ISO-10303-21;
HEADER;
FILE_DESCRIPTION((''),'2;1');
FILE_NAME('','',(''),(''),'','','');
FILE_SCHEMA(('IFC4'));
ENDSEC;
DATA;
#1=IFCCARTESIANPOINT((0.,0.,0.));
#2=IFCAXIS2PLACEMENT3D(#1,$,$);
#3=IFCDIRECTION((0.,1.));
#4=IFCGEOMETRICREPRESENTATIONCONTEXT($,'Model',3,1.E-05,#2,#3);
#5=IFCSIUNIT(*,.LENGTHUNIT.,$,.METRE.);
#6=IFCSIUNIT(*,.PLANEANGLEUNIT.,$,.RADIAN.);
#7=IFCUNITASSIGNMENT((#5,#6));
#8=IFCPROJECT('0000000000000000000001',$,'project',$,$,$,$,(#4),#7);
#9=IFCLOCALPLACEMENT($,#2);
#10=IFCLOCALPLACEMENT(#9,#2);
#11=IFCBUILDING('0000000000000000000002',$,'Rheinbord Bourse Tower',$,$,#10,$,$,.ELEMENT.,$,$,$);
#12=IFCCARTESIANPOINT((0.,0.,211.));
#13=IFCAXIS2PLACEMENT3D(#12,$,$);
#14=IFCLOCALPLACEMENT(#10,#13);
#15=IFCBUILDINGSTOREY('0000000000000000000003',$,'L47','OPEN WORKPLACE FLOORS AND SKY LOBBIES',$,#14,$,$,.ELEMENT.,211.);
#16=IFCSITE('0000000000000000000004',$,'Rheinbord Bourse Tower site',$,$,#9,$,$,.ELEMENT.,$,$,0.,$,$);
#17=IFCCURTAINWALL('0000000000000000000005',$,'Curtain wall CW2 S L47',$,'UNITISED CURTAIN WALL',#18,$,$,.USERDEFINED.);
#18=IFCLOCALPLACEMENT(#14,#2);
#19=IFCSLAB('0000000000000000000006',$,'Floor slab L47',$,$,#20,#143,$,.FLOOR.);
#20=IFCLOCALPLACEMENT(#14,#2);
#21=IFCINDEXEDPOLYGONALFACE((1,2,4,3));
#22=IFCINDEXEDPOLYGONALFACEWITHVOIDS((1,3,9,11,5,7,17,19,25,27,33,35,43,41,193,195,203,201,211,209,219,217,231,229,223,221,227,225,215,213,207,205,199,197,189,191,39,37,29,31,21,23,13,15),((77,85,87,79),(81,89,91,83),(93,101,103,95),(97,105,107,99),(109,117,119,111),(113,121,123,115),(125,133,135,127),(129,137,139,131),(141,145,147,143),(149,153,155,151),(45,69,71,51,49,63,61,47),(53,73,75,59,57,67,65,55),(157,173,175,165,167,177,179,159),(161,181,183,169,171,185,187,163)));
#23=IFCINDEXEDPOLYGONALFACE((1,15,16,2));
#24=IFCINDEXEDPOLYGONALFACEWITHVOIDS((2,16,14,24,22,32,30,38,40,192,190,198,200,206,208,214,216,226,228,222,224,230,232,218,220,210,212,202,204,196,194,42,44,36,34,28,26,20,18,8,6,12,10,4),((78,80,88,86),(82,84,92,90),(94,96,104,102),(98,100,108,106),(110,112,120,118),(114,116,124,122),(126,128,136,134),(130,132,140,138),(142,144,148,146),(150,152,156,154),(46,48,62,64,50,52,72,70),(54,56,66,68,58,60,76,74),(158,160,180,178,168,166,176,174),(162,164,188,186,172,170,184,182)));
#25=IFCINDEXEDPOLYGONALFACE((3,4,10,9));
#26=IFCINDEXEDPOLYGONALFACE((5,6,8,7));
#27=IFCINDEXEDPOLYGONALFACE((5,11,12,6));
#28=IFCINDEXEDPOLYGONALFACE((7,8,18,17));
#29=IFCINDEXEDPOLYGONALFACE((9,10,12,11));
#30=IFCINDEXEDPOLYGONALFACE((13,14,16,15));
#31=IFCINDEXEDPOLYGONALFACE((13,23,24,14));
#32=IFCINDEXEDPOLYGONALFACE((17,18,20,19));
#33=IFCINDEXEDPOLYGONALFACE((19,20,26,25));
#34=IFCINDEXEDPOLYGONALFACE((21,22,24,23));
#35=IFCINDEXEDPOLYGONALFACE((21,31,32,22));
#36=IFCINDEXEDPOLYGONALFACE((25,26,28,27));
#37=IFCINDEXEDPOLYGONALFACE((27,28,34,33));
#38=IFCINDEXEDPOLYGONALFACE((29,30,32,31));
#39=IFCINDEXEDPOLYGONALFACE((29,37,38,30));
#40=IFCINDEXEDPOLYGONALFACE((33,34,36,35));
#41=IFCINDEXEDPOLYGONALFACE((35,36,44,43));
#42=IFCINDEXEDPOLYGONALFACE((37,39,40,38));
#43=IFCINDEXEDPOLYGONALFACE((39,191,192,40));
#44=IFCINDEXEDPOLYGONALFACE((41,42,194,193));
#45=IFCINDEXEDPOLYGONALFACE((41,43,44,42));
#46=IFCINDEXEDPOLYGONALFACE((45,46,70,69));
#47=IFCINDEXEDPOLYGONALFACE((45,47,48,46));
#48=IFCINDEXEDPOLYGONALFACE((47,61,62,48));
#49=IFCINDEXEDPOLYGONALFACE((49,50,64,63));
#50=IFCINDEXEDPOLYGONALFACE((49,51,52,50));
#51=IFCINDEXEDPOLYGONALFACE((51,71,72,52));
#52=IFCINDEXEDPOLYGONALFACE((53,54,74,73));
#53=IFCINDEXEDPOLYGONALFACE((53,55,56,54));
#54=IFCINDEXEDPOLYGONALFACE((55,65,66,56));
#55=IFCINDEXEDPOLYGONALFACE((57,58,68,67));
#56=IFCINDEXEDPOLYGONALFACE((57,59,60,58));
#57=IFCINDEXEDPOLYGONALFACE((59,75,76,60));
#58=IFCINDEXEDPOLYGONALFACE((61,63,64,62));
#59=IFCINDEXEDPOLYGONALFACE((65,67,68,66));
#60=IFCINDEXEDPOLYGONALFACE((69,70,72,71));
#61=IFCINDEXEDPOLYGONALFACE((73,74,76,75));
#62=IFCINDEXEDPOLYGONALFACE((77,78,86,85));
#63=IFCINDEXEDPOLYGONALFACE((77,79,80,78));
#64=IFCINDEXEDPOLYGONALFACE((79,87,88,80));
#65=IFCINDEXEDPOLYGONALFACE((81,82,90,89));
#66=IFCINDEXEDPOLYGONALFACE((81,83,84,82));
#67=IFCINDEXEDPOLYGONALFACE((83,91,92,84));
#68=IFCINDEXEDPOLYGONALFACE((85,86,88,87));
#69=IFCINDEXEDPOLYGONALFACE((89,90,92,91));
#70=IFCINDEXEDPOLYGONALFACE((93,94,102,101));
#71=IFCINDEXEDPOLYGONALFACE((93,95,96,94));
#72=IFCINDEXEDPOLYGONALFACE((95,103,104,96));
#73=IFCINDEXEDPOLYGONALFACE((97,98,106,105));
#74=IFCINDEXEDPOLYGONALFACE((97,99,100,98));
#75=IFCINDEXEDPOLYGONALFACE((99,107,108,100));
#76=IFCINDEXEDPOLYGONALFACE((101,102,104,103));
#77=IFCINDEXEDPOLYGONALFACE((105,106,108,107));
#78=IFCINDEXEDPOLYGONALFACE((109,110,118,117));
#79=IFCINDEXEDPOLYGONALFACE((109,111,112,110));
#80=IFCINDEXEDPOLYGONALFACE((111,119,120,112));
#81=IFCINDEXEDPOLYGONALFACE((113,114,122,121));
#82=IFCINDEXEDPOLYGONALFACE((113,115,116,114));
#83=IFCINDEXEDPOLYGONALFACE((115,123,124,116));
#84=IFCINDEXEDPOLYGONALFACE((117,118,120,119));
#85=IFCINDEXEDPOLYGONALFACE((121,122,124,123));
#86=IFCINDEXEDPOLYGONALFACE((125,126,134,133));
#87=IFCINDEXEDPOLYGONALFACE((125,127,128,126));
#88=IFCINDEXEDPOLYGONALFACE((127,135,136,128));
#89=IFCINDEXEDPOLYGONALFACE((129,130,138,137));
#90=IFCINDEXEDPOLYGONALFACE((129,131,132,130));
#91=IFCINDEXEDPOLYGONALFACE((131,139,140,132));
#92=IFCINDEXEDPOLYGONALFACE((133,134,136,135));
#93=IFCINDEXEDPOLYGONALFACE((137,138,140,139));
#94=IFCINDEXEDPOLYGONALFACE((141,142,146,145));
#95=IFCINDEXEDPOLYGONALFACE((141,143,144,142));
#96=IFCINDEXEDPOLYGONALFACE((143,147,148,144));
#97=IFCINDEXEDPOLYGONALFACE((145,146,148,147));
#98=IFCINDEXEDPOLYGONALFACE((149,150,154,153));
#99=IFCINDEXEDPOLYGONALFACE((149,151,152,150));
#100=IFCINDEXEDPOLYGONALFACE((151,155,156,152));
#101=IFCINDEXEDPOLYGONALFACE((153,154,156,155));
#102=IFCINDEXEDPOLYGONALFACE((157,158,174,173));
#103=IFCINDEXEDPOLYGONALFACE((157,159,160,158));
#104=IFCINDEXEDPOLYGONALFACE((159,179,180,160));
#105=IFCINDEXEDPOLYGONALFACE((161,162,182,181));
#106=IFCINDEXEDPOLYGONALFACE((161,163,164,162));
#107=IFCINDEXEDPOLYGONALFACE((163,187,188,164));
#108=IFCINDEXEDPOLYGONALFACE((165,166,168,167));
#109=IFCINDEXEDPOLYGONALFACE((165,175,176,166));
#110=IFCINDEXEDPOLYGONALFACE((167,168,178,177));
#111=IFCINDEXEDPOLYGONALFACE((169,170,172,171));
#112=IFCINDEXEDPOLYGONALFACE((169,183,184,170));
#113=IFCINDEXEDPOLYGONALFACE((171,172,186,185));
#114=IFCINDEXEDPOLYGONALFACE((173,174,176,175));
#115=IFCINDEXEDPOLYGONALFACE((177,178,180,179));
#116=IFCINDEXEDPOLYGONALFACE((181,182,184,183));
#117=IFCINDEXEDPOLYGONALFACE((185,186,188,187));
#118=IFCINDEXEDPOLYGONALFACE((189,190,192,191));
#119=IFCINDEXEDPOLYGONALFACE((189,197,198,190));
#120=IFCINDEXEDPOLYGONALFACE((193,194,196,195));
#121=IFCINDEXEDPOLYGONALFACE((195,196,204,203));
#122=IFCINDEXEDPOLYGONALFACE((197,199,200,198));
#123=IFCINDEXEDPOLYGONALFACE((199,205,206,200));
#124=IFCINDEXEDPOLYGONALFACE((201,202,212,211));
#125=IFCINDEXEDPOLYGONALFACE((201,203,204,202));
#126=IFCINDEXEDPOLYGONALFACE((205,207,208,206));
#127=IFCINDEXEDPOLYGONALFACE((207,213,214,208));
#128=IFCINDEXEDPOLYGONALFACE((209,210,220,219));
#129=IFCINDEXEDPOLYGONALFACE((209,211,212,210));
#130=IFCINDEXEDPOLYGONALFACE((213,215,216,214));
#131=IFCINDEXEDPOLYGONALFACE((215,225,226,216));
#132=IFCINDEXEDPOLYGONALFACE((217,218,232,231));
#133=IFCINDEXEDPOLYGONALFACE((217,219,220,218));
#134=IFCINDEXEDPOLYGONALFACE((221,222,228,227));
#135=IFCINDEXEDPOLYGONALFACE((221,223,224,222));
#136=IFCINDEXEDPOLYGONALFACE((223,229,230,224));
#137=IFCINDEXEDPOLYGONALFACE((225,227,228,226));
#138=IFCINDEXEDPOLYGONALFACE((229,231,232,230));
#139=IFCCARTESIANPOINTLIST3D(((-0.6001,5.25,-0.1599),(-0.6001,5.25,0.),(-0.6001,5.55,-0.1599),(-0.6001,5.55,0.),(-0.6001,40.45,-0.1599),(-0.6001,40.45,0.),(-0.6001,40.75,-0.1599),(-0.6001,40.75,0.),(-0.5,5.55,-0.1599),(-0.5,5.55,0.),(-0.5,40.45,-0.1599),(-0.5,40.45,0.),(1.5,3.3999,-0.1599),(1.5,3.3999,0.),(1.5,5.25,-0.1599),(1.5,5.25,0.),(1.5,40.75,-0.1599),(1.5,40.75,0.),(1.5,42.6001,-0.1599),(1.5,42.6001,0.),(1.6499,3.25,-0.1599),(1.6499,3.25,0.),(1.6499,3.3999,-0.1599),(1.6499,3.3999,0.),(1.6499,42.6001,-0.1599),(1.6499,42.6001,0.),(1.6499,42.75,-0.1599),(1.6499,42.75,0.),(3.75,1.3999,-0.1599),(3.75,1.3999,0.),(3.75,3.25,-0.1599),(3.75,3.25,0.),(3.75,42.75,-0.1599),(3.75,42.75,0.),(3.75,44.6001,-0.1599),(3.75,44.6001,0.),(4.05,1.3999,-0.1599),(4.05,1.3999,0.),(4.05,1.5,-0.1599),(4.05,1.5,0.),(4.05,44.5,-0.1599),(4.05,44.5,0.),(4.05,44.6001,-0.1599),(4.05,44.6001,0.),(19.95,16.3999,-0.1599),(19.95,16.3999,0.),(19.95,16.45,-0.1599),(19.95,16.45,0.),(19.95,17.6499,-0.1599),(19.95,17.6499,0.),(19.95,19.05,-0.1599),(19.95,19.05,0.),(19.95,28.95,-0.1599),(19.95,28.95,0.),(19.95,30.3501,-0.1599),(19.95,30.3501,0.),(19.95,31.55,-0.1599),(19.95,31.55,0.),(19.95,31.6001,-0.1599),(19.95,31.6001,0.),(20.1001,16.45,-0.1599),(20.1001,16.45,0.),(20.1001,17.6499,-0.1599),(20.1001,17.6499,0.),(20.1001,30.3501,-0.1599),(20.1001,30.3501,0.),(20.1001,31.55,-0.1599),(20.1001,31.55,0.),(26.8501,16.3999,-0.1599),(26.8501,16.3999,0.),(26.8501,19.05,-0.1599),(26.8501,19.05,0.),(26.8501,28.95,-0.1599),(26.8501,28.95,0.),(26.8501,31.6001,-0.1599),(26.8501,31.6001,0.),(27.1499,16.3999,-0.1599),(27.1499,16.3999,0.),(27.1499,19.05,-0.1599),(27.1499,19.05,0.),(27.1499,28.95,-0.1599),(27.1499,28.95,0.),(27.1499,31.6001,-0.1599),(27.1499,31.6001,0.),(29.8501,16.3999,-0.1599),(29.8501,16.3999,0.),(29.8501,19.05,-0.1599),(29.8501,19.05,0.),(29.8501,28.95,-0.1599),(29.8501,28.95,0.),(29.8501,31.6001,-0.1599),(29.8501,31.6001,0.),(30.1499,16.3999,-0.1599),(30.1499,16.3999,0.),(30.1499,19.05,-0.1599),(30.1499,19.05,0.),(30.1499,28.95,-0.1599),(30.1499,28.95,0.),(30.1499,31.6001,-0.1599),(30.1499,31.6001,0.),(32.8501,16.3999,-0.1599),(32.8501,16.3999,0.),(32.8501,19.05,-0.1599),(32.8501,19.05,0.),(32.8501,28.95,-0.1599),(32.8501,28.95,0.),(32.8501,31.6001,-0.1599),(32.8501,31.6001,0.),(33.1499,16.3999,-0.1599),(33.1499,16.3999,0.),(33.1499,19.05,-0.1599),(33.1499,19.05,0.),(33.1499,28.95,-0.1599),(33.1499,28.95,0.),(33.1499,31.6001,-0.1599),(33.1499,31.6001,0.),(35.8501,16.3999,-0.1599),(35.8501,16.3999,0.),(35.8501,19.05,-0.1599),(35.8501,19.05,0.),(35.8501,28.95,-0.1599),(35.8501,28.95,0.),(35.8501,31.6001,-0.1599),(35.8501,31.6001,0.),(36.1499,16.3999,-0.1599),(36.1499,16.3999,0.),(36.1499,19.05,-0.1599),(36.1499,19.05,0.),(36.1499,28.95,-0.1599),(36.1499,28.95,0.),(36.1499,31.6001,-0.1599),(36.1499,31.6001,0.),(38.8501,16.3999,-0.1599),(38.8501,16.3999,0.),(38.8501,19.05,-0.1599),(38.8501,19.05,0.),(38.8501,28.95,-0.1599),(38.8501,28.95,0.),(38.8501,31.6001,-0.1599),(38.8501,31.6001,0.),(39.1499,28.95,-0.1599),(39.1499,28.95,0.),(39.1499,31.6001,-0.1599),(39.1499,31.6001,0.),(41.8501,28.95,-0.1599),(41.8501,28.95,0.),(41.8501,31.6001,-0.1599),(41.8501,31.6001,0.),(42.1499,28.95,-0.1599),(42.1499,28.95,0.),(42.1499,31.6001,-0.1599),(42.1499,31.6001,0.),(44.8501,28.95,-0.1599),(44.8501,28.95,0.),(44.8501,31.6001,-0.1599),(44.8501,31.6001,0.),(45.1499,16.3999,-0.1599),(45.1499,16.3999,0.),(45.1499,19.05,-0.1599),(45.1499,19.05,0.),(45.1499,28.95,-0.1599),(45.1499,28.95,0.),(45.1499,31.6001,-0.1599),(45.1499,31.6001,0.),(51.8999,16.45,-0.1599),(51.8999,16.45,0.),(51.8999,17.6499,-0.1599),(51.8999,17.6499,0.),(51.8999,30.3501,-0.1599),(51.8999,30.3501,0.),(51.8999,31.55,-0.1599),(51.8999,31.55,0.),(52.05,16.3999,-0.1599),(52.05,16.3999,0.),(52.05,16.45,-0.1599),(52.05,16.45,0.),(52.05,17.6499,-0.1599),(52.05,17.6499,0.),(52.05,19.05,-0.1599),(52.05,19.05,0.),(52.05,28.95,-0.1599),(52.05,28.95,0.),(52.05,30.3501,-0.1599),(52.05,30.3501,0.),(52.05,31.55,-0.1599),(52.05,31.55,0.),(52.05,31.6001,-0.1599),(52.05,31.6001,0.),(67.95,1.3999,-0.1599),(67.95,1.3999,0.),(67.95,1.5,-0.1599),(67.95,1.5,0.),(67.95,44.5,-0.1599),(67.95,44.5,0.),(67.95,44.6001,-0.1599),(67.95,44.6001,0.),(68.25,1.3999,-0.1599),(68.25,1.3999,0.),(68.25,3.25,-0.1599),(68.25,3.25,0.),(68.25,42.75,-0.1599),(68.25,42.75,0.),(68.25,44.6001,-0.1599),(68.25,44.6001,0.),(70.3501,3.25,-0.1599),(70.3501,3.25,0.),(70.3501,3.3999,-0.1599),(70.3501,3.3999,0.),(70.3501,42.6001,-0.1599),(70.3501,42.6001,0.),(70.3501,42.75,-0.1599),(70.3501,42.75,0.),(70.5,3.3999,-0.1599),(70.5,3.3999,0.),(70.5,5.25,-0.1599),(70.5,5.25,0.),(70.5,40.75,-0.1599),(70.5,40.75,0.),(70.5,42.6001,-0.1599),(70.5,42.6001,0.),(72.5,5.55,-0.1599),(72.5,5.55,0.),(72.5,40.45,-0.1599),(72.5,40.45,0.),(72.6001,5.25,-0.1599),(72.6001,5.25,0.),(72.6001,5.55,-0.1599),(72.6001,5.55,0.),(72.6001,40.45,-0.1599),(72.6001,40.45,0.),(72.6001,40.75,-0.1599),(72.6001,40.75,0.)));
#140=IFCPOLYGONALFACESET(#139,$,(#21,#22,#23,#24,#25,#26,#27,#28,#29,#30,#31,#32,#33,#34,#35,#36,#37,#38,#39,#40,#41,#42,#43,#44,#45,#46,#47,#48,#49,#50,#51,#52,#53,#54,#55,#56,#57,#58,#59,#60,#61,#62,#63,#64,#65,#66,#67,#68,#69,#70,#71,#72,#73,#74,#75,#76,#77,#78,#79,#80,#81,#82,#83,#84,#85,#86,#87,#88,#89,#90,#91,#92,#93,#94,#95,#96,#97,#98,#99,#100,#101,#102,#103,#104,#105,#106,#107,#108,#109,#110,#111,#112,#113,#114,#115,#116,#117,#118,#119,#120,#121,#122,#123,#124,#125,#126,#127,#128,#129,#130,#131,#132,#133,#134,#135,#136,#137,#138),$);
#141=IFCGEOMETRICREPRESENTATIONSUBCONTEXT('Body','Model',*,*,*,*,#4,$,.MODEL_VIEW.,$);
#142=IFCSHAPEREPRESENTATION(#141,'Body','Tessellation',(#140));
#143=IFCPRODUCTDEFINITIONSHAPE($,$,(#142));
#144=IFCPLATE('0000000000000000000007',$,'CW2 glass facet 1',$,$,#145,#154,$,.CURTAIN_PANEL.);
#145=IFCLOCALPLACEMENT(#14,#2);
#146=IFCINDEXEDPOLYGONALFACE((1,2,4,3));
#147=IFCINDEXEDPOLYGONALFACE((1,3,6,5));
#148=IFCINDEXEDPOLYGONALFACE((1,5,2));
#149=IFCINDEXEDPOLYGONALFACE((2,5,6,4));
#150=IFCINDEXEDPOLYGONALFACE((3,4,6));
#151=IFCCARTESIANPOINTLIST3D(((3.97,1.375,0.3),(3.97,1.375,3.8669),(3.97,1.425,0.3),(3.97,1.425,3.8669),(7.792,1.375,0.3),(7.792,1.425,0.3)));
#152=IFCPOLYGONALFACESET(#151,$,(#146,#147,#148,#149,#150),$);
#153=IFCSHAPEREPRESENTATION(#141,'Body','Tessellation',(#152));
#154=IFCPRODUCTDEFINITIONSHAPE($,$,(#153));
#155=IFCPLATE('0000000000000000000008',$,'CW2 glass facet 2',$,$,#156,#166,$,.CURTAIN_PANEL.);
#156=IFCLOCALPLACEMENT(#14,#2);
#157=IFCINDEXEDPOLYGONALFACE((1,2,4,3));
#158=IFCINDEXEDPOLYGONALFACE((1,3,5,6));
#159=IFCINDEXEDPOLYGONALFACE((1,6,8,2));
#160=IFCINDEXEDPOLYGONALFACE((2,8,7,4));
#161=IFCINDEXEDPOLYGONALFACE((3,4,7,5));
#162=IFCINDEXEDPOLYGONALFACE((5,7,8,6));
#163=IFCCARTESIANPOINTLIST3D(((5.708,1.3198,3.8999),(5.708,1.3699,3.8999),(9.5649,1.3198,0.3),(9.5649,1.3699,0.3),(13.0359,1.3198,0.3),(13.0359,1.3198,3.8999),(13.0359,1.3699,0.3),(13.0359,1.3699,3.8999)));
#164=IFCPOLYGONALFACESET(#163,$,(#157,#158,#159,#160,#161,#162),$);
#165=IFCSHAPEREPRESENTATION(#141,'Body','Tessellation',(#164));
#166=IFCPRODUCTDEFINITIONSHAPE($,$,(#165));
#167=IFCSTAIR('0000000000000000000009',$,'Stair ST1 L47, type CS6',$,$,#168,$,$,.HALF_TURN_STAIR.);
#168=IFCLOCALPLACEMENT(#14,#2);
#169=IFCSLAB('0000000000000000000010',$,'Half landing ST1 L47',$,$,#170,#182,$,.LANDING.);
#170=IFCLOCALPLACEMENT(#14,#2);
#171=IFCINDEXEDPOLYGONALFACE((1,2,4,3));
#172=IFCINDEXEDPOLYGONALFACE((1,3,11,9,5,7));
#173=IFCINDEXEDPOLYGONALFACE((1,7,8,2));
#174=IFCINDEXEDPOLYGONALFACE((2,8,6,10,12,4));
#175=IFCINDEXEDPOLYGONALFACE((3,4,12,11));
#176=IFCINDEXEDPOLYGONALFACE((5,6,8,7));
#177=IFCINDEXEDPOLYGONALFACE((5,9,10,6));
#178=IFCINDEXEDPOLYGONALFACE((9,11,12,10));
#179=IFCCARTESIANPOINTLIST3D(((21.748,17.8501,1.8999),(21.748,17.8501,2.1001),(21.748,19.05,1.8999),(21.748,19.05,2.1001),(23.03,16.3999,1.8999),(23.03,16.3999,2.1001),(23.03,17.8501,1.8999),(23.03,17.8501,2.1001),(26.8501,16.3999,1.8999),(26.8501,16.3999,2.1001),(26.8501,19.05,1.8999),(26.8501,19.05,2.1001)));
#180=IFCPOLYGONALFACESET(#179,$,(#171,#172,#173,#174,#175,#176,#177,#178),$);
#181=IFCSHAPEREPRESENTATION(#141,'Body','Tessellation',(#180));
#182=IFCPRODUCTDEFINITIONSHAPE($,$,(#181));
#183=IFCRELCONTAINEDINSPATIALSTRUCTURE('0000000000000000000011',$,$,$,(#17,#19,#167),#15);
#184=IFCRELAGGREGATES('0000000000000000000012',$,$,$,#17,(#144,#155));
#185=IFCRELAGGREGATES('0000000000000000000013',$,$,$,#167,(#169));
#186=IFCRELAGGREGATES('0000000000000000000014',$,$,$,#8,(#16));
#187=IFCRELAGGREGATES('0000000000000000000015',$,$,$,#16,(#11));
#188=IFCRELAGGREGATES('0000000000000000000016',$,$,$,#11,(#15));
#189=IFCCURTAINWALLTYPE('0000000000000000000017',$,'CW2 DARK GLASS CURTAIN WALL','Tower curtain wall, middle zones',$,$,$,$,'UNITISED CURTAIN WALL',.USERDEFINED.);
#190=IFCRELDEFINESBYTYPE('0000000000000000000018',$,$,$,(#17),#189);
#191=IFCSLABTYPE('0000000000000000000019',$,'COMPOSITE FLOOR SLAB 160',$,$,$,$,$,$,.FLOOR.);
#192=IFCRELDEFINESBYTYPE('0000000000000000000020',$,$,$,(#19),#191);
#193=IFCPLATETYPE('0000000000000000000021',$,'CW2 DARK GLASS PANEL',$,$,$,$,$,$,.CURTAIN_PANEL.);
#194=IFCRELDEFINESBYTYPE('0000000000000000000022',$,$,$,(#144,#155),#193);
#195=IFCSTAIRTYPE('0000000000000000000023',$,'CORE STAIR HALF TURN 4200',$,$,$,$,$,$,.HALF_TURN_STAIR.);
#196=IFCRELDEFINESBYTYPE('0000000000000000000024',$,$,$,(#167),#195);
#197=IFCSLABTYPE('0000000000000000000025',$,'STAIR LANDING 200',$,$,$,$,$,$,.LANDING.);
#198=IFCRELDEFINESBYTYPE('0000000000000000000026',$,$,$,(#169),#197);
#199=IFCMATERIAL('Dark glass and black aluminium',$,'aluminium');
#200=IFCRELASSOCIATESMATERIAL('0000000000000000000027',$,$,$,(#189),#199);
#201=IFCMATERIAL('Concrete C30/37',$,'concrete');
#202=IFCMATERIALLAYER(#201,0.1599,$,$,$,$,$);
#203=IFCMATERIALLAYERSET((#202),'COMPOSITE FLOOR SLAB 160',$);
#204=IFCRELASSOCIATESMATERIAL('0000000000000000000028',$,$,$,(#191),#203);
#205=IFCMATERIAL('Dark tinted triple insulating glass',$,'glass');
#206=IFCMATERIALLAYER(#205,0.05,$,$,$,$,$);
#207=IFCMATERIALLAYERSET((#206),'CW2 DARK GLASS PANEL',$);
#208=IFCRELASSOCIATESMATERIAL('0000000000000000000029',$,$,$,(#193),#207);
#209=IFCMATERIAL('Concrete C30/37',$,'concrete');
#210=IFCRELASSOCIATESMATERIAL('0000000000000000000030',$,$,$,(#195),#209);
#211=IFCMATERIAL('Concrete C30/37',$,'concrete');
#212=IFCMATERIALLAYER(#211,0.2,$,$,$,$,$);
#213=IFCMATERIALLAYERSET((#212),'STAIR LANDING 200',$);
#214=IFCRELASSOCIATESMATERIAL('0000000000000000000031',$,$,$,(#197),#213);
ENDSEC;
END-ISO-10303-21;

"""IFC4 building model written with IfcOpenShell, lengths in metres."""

from ifc_helpers import new_model, si_unit, direction, frame, origin, place, context, subcontext, project, spatial, polyline, outline, extrude, material, layer, layer_set, type_object, element, aggregate, save


model = new_model("IFC4")

# Units and contexts
model_context = context("Model", 3, precision=1e-05, world=origin(), true_north=direction((0.0, 1.0)))
body_context = subcontext(model_context, "Body", "Model", "MODEL_VIEW")
ifc_project = project(units=[si_unit("LENGTHUNIT", "METRE"), si_unit("PLANEANGLEUNIT", "RADIAN")], contexts=[model_context])

# Site, building, storey
site_placement = place(None, origin())
site = spatial("IfcSite", under=ifc_project, at=site_placement, Name="Rheinbord Bourse Tower site", CompositionType="ELEMENT", RefElevation=0.0)
building_placement = place(site_placement, origin())
building = spatial("IfcBuilding", under=site, at=building_placement, Name="Rheinbord Bourse Tower", CompositionType="ELEMENT")
storey_placement = place(building_placement, frame((0.0, 0.0, 211.0)))
storey = spatial("IfcBuildingStorey", under=building, at=storey_placement, Name="L47", Description="OPEN WORKPLACE FLOORS AND SKY LOBBIES", CompositionType="ELEMENT", Elevation=211.0)

# Curtain wall
ifc_material_1 = material(Name="Dark glass and black aluminium", Category="aluminium")
curtain_wall_type = type_object("IfcCurtainWallType", Name="CW2 DARK GLASS CURTAIN WALL", Description="Tower curtain wall, middle zones", ElementType="UNITISED CURTAIN WALL", PredefinedType="USERDEFINED", material=ifc_material_1)
curtain_wall_placement = place(storey_placement, origin())
curtain_wall = element("IfcCurtainWall", 1, at=curtain_wall_placement, inside=storey, type_object=curtain_wall_type, Name="Curtain wall CW2 S L47", ObjectType="UNITISED CURTAIN WALL", PredefinedType="USERDEFINED")

# Slab
ifc_material_2 = material(Name="Concrete C30/37", Category="concrete")
ifc_layer_1 = layer(ifc_material_2, 0.1599)
ifc_layer_set_1 = layer_set([ifc_layer_1], Name="COMPOSITE FLOOR SLAB 160")
slab_type_1 = type_object("IfcSlabType", Name="COMPOSITE FLOOR SLAB 160", PredefinedType="FLOOR", material=ifc_layer_set_1)
slab_1_placement = place(storey_placement, frame((0.0, 0.0, -0.1599)))
element("IfcSlab", 2, at=slab_1_placement, inside=storey, type_object=slab_type_1, Name="Floor slab L47", PredefinedType="FLOOR", context=body_context, shape_type="SweptSolid", body=[
    extrude(outline(polyline([(1.6499, 3.3999), (1.5, 3.3999), (1.5, 5.25), (-0.6001, 5.25), (-0.6001, 5.55), (-0.5, 5.55), (-0.5, 40.45), (-0.6001, 40.45), (-0.6001, 40.75), (1.5, 40.75), (1.5, 42.6001), (1.6499, 42.6001), (1.6499, 42.75), (3.75, 42.75), (3.75, 44.6001), (4.05, 44.6001), (4.05, 44.5), (67.95, 44.5), (67.95, 44.6001), (68.25, 44.6001), (68.25, 42.75), (70.3501, 42.75), (70.3501, 42.6001), (70.5, 42.6001), (70.5, 40.75), (72.6001, 40.75), (72.6001, 40.45), (72.5, 40.45), (72.5, 5.55), (72.6001, 5.55), (72.6001, 5.25), (70.5, 5.25), (70.5, 3.3999), (70.3501, 3.3999), (70.3501, 3.25), (68.25, 3.25), (68.25, 1.3999), (67.95, 1.3999), (67.95, 1.5), (4.05, 1.5), (4.05, 1.3999), (3.75, 1.3999), (3.75, 3.25), (1.6499, 3.25), (1.6499, 3.3999)]), holes=[polyline([(19.95, 19.05), (26.8501, 19.05), (26.8501, 16.3999), (19.95, 16.3999), (19.95, 16.45), (20.1001, 16.45), (20.1001, 17.6499), (19.95, 17.6499), (19.95, 19.05)]), polyline([(19.95, 31.6001), (26.8501, 31.6001), (26.8501, 28.95), (19.95, 28.95), (19.95, 30.3501), (20.1001, 30.3501), (20.1001, 31.55), (19.95, 31.55), (19.95, 31.6001)]), polyline([(52.05, 16.3999), (45.1499, 16.3999), (45.1499, 19.05), (52.05, 19.05), (52.05, 17.6499), (51.8999, 17.6499), (51.8999, 16.45), (52.05, 16.45), (52.05, 16.3999)]), polyline([(52.05, 28.95), (45.1499, 28.95), (45.1499, 31.6001), (52.05, 31.6001), (52.05, 31.55), (51.8999, 31.55), (51.8999, 30.3501), (52.05, 30.3501), (52.05, 28.95)]), polyline([(27.1499, 16.3999), (27.1499, 19.05), (29.8501, 19.05), (29.8501, 16.3999), (27.1499, 16.3999)]), polyline([(27.1499, 28.95), (27.1499, 31.6001), (29.8501, 31.6001), (29.8501, 28.95), (27.1499, 28.95)]), polyline([(30.1499, 16.3999), (30.1499, 19.05), (32.8501, 19.05), (32.8501, 16.3999), (30.1499, 16.3999)]), polyline([(30.1499, 28.95), (30.1499, 31.6001), (32.8501, 31.6001), (32.8501, 28.95), (30.1499, 28.95)]), polyline([(33.1499, 16.3999), (33.1499, 19.05), (35.8501, 19.05), (35.8501, 16.3999), (33.1499, 16.3999)]), polyline([(33.1499, 28.95), (33.1499, 31.6001), (35.8501, 31.6001), (35.8501, 28.95), (33.1499, 28.95)]), polyline([(36.1499, 16.3999), (36.1499, 19.05), (38.8501, 19.05), (38.8501, 16.3999), (36.1499, 16.3999)]), polyline([(36.1499, 28.95), (36.1499, 31.6001), (38.8501, 31.6001), (38.8501, 28.95), (36.1499, 28.95)]), polyline([(39.1499, 28.95), (39.1499, 31.6001), (41.8501, 31.6001), (41.8501, 28.95), (39.1499, 28.95)]), polyline([(42.1499, 28.95), (42.1499, 31.6001), (44.8501, 31.6001), (44.8501, 28.95), (42.1499, 28.95)])]), origin(), (0.0, 0.0, 1.0), 0.1599),
])

# Plates
ifc_material_3 = material(Name="Dark tinted triple insulating glass", Category="glass")
ifc_layer_2 = layer(ifc_material_3, 0.05)
ifc_layer_set_2 = layer_set([ifc_layer_2], Name="CW2 DARK GLASS PANEL")
plate_type = type_object("IfcPlateType", Name="CW2 DARK GLASS PANEL", PredefinedType="CURTAIN_PANEL", material=ifc_layer_set_2)
plate_1_placement = place(storey_placement, frame((3.97, 1.375, 0.3), z_axis=(0.0, 1.0, 0.0), x_axis=(0.0, 0.0, 1.0)))
plate_1 = element("IfcPlate", 3, at=plate_1_placement, type_object=plate_type, Name="CW2 glass facet 1", PredefinedType="CURTAIN_PANEL", context=body_context, shape_type="SweptSolid", body=[
    extrude(outline(polyline([(0.0, 0.0), (3.5669, 0.0), (0.0, 3.822), (0.0, 0.0)])), origin(), (0.0, 0.0, 1.0), 0.05),
])
plate_2_placement = place(storey_placement, frame((13.0359, 1.3198, 3.8999), z_axis=(0.0, 1.0, 0.0), x_axis=(0.0, 0.0, -1.0)))
plate_2 = element("IfcPlate", 4, at=plate_2_placement, type_object=plate_type, Name="CW2 glass facet 2", PredefinedType="CURTAIN_PANEL", context=body_context, shape_type="SweptSolid", body=[
    extrude(outline(polyline([(0.0, 0.0), (3.5999, 0.0), (3.5999, 3.4709), (0.0, 7.3279), (0.0, 0.0)])), origin(), (0.0, 0.0, 1.0), 0.05),
])
aggregate(curtain_wall, [plate_1, plate_2])

# Stair, slab
ifc_material_4 = material(Name="Concrete C30/37", Category="concrete")
stair_type = type_object("IfcStairType", Name="CORE STAIR HALF TURN 4200", PredefinedType="HALF_TURN_STAIR", material=ifc_material_4)
stair_1_placement = place(storey_placement, origin())
stair_1 = element("IfcStair", 5, at=stair_1_placement, inside=storey, type_object=stair_type, Name="Stair ST1 L47, type CS6", PredefinedType="HALF_TURN_STAIR")
ifc_material_5 = material(Name="Concrete C30/37", Category="concrete")
ifc_layer_3 = layer(ifc_material_5, 0.2)
ifc_layer_set_3 = layer_set([ifc_layer_3], Name="STAIR LANDING 200")
slab_type_2 = type_object("IfcSlabType", Name="STAIR LANDING 200", PredefinedType="LANDING", material=ifc_layer_set_3)
slab_2_placement = place(storey_placement, frame((0.0, 0.0, 1.8999)))
slab_2 = element("IfcSlab", 6, at=slab_2_placement, type_object=slab_type_2, Name="Half landing ST1 L47", PredefinedType="LANDING", context=body_context, shape_type="SweptSolid", body=[
    extrude(outline(polyline([(23.03, 16.3999), (26.8501, 16.3999), (26.8501, 19.05), (21.748, 19.05), (21.748, 17.8501), (23.03, 17.8501), (23.03, 16.3999)])), origin(), (0.0, 0.0, 1.0), 0.2002),
])
aggregate(stair_1, [slab_2])

save(model, "model.ifc")
